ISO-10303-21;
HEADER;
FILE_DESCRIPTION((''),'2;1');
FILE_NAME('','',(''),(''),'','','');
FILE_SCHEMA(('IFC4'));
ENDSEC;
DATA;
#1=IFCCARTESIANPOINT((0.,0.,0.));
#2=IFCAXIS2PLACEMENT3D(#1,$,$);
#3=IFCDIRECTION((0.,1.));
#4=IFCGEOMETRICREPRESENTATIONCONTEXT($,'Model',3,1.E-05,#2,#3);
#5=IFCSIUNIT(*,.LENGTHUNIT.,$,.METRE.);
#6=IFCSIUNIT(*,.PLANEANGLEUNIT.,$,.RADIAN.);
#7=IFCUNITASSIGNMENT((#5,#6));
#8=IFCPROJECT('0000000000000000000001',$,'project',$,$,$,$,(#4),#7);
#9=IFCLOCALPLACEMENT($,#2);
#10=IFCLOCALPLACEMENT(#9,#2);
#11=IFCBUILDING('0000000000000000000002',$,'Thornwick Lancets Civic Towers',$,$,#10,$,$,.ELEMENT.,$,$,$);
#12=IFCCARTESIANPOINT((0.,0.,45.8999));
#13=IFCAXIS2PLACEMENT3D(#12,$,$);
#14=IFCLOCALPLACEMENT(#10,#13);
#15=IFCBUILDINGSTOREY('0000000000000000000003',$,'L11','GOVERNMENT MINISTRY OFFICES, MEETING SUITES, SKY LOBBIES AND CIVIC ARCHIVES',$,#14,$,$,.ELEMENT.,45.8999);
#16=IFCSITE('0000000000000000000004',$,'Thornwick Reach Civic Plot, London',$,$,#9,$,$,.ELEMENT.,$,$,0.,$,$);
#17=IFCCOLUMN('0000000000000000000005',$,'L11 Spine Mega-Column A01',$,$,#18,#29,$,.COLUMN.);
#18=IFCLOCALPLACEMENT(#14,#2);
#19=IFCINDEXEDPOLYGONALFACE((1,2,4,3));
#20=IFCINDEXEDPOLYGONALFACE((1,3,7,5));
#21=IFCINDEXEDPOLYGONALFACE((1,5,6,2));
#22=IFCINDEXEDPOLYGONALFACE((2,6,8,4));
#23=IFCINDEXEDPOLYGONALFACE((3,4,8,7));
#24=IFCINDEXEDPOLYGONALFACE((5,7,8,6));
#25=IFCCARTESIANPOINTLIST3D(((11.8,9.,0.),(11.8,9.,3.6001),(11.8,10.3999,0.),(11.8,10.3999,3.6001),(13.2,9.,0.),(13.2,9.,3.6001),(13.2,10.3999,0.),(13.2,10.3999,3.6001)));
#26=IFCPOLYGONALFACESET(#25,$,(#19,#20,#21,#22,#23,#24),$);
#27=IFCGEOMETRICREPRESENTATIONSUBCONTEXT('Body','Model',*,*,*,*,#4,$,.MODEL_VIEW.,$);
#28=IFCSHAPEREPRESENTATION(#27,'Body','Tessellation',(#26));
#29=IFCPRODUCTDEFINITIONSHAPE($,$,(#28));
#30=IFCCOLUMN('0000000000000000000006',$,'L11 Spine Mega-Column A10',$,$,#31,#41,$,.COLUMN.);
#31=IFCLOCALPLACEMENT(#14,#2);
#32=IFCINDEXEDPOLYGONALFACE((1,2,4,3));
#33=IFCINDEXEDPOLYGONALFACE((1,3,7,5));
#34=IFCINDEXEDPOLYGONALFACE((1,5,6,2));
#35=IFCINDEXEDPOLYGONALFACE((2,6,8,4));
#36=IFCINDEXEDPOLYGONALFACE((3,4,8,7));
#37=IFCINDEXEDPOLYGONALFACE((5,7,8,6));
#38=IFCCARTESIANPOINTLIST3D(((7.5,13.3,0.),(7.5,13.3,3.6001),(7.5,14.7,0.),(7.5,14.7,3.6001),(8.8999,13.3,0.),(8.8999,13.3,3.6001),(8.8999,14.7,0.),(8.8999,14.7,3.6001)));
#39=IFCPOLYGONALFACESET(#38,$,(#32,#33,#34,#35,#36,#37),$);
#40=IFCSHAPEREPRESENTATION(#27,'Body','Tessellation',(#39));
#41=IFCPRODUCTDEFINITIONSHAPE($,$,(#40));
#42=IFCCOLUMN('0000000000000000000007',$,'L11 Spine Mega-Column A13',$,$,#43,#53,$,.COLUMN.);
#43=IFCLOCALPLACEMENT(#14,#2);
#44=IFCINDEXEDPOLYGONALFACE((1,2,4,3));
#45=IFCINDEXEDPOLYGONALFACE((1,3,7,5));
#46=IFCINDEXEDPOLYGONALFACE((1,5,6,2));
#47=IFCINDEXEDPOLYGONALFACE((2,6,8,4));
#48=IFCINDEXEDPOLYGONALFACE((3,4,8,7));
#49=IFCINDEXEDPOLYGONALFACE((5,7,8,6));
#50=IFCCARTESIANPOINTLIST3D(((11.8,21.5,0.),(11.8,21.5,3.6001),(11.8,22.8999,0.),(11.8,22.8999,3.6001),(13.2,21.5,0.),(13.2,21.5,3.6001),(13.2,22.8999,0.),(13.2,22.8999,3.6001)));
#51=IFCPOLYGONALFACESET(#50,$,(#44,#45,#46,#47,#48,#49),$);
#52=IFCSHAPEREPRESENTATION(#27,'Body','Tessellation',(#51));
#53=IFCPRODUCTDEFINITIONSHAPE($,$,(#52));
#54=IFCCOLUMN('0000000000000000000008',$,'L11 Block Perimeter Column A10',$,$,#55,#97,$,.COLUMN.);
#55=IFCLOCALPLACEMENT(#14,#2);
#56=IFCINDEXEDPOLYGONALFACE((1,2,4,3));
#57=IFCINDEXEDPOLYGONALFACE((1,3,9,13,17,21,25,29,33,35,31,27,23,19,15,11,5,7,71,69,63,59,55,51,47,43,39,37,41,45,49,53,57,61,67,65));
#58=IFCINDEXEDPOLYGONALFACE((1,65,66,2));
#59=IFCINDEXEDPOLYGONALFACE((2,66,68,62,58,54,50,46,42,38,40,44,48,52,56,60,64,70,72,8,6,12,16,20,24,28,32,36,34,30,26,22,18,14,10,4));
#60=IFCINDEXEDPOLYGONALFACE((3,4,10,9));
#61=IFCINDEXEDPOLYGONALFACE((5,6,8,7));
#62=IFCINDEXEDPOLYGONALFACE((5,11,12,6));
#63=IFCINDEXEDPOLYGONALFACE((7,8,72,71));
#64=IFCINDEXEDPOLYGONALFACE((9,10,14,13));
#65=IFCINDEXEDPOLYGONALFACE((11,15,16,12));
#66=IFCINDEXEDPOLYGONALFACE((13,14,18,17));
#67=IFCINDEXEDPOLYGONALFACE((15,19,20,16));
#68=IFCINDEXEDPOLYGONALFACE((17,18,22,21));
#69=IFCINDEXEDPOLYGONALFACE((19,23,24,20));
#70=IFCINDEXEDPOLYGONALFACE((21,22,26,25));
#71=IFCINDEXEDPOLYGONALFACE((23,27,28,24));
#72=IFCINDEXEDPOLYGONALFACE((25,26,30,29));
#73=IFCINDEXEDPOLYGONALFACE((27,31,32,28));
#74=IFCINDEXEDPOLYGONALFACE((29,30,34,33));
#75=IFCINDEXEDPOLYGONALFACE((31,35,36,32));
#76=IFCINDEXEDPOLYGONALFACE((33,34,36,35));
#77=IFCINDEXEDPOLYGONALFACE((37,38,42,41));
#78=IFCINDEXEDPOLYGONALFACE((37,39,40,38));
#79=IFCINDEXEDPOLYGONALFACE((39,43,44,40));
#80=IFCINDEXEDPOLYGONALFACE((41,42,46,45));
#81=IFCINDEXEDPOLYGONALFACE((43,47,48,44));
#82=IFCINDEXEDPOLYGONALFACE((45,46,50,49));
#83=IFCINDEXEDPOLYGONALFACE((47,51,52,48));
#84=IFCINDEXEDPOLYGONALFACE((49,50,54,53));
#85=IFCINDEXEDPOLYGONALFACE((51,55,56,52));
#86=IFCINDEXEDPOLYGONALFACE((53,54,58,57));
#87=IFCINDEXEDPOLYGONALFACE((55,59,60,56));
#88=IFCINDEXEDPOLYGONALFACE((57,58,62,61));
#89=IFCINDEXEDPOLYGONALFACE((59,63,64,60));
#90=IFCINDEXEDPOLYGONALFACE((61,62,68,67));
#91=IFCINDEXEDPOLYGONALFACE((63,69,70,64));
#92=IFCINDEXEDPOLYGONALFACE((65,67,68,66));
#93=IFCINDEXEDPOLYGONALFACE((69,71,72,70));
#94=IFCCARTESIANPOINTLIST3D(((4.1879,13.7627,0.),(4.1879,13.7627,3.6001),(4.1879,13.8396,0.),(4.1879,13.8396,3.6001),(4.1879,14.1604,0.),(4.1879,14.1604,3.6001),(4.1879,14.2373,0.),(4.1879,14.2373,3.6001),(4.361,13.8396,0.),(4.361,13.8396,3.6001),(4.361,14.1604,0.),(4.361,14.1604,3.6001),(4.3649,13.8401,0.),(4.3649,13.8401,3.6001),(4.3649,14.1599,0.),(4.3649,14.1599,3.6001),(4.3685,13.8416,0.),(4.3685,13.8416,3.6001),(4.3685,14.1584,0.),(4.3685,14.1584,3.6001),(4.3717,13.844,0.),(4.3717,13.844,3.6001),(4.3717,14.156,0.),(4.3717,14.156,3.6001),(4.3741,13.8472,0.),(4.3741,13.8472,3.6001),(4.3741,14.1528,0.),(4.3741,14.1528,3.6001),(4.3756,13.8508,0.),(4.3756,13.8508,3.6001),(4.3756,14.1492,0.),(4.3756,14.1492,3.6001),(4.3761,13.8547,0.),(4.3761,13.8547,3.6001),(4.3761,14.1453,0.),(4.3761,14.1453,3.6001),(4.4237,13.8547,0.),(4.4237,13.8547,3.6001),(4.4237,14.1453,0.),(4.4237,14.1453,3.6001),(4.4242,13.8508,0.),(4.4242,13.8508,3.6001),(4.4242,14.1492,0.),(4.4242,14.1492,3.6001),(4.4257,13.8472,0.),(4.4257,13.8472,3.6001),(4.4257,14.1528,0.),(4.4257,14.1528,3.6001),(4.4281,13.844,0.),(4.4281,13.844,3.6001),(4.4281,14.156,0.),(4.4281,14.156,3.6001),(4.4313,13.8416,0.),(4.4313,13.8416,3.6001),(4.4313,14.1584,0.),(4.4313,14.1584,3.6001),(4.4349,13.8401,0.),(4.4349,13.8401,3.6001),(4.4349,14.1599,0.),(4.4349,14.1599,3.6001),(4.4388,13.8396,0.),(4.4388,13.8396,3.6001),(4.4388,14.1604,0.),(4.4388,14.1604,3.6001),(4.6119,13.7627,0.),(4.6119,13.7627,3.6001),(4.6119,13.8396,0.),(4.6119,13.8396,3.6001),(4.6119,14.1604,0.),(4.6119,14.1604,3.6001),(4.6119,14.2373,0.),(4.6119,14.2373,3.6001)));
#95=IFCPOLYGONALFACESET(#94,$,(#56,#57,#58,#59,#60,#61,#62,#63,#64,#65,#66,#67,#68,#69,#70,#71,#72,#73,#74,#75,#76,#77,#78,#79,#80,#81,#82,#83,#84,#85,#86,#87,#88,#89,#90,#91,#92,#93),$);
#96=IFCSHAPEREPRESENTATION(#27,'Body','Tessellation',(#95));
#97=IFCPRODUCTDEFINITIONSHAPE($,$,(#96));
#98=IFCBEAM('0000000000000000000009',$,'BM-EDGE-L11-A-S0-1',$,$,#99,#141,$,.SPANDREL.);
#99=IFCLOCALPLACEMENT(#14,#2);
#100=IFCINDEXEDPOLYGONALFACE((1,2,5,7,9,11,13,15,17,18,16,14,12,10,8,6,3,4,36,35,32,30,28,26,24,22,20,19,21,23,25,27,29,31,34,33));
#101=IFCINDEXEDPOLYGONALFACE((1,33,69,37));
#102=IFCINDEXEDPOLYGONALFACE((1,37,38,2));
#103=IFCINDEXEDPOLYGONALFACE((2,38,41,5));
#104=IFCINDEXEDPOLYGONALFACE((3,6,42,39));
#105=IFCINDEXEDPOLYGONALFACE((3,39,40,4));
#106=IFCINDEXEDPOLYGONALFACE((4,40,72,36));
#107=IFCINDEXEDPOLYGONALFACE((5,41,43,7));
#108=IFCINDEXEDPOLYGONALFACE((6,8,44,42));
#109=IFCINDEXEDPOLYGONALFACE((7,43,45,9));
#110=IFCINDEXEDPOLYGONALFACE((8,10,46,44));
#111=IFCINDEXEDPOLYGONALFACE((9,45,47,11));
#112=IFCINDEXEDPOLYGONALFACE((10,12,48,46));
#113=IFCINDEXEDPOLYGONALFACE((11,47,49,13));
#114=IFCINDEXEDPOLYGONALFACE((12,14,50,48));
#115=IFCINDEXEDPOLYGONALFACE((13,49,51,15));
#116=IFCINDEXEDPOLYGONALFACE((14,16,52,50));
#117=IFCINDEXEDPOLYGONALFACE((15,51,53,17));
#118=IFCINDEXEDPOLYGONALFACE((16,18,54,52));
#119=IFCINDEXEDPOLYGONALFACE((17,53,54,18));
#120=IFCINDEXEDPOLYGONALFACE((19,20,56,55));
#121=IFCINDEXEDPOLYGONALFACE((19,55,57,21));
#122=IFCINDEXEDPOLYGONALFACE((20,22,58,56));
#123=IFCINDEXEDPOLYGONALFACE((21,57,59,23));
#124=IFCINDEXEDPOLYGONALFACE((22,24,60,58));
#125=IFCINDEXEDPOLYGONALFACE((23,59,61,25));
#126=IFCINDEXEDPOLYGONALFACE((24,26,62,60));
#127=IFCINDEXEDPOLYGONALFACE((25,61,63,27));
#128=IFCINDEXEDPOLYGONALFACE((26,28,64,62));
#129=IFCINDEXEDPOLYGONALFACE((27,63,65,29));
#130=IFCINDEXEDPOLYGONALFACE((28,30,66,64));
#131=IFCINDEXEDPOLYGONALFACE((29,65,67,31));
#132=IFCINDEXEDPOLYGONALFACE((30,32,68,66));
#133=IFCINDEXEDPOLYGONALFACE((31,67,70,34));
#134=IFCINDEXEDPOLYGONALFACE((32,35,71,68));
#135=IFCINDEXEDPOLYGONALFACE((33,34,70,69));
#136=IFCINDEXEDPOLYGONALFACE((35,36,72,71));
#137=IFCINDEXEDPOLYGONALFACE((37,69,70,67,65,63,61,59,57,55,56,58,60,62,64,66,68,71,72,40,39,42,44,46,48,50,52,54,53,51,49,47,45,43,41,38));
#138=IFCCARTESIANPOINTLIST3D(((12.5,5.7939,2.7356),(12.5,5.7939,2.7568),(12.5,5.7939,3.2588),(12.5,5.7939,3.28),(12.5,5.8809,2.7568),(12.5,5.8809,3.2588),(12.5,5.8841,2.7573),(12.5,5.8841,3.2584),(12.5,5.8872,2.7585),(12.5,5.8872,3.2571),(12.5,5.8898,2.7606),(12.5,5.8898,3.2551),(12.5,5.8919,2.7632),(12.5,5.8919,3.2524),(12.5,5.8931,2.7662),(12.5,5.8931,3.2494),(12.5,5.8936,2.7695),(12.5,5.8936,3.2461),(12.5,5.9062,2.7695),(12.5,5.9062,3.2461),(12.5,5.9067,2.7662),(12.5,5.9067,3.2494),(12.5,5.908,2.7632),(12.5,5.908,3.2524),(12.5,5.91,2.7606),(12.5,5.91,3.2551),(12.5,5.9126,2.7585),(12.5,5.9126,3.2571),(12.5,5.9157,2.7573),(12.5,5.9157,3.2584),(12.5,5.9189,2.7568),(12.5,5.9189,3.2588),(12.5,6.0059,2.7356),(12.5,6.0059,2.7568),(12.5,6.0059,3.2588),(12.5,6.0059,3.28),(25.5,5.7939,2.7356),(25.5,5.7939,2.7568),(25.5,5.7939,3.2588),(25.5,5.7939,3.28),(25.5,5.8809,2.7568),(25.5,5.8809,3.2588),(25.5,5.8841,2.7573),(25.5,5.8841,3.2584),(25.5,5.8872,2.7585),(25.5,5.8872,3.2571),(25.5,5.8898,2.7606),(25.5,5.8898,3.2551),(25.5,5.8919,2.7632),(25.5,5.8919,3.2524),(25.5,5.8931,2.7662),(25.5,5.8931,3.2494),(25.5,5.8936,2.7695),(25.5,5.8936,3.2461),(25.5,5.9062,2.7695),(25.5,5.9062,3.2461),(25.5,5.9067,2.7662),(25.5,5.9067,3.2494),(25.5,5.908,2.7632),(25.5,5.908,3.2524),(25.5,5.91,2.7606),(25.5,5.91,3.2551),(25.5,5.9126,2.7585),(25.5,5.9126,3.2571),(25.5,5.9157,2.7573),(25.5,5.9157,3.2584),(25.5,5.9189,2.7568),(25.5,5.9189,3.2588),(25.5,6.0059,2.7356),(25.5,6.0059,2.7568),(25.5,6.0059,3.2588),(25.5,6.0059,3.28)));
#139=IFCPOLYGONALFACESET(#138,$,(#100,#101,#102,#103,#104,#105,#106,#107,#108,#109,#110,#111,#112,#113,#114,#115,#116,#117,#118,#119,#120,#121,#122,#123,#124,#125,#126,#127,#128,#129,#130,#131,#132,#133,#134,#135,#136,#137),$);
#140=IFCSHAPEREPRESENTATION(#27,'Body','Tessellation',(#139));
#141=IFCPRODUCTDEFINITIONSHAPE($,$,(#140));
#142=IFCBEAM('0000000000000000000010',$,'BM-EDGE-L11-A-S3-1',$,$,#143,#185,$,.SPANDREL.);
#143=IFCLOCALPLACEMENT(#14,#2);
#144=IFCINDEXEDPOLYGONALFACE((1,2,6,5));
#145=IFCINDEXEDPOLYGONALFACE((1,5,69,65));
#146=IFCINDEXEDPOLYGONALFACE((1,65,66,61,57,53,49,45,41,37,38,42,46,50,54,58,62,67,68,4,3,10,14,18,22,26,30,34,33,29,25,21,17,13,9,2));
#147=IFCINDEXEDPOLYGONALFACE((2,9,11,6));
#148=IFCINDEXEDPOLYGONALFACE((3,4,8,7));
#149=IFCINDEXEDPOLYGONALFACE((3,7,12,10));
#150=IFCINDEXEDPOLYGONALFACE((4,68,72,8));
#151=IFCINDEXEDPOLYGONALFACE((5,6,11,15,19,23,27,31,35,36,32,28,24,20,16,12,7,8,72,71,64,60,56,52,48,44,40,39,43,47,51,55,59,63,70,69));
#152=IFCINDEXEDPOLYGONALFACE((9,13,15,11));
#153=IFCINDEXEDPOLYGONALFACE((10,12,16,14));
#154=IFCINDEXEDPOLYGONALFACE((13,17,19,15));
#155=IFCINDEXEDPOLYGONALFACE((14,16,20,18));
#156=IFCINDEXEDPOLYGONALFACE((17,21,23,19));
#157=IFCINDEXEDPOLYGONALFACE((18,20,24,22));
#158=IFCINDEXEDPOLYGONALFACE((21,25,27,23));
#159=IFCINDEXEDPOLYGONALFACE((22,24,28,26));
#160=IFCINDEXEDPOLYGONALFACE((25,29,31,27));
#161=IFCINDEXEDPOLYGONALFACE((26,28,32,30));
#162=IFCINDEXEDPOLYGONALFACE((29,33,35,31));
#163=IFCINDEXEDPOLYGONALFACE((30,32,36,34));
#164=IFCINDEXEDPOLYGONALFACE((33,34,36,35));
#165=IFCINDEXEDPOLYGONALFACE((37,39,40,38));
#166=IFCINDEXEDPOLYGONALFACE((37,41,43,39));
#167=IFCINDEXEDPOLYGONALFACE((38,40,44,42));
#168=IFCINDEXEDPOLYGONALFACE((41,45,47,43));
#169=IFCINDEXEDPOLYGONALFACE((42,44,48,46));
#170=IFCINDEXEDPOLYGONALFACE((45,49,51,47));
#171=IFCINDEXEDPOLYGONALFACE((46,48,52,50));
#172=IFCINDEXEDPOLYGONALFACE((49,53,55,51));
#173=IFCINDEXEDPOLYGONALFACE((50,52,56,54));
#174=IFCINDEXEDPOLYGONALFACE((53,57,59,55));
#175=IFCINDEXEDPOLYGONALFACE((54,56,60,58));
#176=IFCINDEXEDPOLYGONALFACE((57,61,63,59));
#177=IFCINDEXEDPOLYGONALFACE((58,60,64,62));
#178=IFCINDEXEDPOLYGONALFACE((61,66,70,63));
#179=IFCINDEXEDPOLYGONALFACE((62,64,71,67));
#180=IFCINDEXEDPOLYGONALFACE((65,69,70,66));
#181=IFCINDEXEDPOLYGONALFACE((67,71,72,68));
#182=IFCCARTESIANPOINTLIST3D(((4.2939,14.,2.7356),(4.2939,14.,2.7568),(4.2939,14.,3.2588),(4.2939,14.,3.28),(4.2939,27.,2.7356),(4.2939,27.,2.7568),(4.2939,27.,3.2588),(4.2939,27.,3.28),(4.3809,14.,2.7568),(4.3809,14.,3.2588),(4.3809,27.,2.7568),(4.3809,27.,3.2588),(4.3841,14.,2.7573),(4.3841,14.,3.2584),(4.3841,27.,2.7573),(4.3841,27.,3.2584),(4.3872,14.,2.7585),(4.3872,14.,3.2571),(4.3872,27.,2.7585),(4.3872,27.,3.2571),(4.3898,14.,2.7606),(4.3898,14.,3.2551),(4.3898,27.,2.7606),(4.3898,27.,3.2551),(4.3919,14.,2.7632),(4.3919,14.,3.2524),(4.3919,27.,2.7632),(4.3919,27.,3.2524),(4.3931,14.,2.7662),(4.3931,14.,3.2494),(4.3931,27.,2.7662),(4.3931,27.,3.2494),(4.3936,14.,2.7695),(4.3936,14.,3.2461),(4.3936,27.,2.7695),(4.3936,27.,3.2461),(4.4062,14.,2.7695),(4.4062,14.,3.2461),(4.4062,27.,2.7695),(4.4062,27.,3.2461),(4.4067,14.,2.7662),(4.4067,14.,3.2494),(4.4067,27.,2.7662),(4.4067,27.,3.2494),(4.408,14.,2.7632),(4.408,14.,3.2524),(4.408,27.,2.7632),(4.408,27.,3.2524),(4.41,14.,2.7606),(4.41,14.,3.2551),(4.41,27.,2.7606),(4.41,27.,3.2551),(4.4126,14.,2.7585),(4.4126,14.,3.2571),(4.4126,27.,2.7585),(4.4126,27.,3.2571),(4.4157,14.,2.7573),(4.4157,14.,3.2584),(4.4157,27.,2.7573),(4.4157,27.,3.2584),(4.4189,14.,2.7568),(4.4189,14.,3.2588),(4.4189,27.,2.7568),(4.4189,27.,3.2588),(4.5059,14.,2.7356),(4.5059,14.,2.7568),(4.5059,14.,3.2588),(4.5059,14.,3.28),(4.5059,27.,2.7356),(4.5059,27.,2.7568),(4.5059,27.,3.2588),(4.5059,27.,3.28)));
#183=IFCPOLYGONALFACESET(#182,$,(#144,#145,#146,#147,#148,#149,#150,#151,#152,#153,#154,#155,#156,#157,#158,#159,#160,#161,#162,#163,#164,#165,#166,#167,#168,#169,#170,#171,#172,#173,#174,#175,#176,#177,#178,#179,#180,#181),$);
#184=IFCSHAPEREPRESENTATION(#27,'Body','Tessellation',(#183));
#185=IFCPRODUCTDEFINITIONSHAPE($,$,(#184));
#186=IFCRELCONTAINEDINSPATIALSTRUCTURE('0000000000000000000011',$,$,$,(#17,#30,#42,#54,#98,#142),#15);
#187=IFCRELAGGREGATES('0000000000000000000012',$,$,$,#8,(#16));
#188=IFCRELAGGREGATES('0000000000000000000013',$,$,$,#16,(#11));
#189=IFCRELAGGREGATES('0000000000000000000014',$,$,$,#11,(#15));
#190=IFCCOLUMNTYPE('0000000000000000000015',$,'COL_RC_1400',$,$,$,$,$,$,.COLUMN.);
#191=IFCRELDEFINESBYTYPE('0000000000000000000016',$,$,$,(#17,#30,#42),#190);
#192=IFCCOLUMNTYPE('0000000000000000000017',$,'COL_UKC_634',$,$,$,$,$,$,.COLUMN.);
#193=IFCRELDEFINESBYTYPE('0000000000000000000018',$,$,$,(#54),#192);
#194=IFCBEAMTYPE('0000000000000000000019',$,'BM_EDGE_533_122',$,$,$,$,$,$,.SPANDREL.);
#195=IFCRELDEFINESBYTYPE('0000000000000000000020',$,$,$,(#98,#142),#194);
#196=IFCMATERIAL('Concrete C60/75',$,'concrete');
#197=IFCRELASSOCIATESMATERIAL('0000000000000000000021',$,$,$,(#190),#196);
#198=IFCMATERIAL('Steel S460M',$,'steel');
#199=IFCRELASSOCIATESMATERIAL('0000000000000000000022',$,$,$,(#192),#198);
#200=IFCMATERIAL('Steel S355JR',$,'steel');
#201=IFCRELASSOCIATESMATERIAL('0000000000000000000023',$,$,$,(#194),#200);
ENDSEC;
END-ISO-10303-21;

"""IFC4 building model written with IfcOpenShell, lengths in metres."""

from ifc_helpers import new_model, si_unit, direction, frame, origin, origin_2d, place, context, subcontext, project, spatial, rectangle, i_section, extrude, material, material_profile, profile_set, type_object, element, save


model = new_model("IFC4")

# Units and contexts
model_context = context("Model", 3, precision=1e-05, world=origin(), true_north=direction((0.0, 1.0)))
body_context = subcontext(model_context, "Body", "Model", "MODEL_VIEW")
ifc_project = project(units=[si_unit("LENGTHUNIT", "METRE"), si_unit("PLANEANGLEUNIT", "RADIAN")], contexts=[model_context])

# Site, building, storey
site_placement = place(None, origin())
site = spatial("IfcSite", under=ifc_project, at=site_placement, Name="Thornwick Reach Civic Plot, London", CompositionType="ELEMENT", RefElevation=0.0)
building_placement = place(site_placement, origin())
building = spatial("IfcBuilding", under=site, at=building_placement, Name="Thornwick Lancets Civic Towers", CompositionType="ELEMENT")
storey_placement = place(building_placement, frame((0.0, 0.0, 45.8999)))
storey = spatial("IfcBuildingStorey", under=building, at=storey_placement, Name="L11", Description="GOVERNMENT MINISTRY OFFICES, MEETING SUITES, SKY LOBBIES AND CIVIC ARCHIVES", CompositionType="ELEMENT", Elevation=45.8999)

# Columns
ifc_material_1 = material(Name="Concrete C60/75", Category="concrete")
ifc_material_profile_1 = material_profile(ifc_material_1, rectangle(XDim=1.3999, YDim=1.3999, at=origin_2d()), Name="RC 1400x1400")
ifc_profile_set_1 = profile_set([ifc_material_profile_1], Name="Concrete C60/75")
column_type_1 = type_object("IfcColumnType", Name="COL_RC_1400", PredefinedType="COLUMN", material=ifc_profile_set_1)
for number, where, z_axis, x_axis, name in (
    (1, (12.5, 9.7, 0.0), (0.0, 0.0, 1.0), (1.0, 0.0, 0.0), "L11 Spine Mega-Column A01"),
    (2, (8.2, 14.0, 0.0), (0.0, 0.0, 1.0), (1.0, 0.0, 0.0), "L11 Spine Mega-Column A10"),
    (3, (12.5, 22.2, 0.0), (0.0, 0.0, 1.0), (1.0, 0.0, 0.0), "L11 Spine Mega-Column A13"),
):
    element("IfcColumn", number, at=place(storey_placement, frame(where, z_axis=z_axis, x_axis=x_axis)), inside=storey, type_object=column_type_1, Name=name, PredefinedType="COLUMN", context=body_context, shape_type="SweptSolid", body=[
        extrude(rectangle(XDim=1.3999, YDim=1.3999, at=origin_2d()), origin(), (0.0, 0.0, 1.0), 3.6001),
    ])
ifc_material_2 = material(Name="Steel S460M", Category="steel")
ifc_material_profile_2 = material_profile(ifc_material_2, i_section(OverallWidth=0.4241, OverallDepth=0.4746, WebThickness=0.0476, FlangeThickness=0.0769, FilletRadius=0.0151, at=origin_2d()), Name="UKC 356x406x634")
ifc_profile_set_2 = profile_set([ifc_material_profile_2], Name="Steel S460M")
column_type_2 = type_object("IfcColumnType", Name="COL_UKC_634", PredefinedType="COLUMN", material=ifc_profile_set_2)
column_placement = place(storey_placement, frame((4.3999, 14.0, 0.0), z_axis=(0.0, 0.0, 1.0), x_axis=(1.0, 0.0, 0.0)))
element("IfcColumn", 4, at=column_placement, inside=storey, type_object=column_type_2, Name="L11 Block Perimeter Column A10", PredefinedType="COLUMN", context=body_context, shape_type="SweptSolid", body=[
    extrude(i_section(OverallWidth=0.4241, OverallDepth=0.4746, WebThickness=0.0476, FlangeThickness=0.0769, FilletRadius=0.0151, at=origin_2d()), origin(), (0.0, 0.0, 1.0), 3.6001),
])

# Beams
ifc_material_3 = material(Name="Steel S355JR", Category="steel")
ifc_material_profile_3 = material_profile(ifc_material_3, i_section(OverallWidth=0.2119, OverallDepth=0.5444, WebThickness=0.0127, FlangeThickness=0.0212, FilletRadius=0.0127, at=origin_2d()), Name="UKB 533x210x122")
ifc_profile_set_3 = profile_set([ifc_material_profile_3], Name="Steel S355JR")
beam_type_1 = type_object("IfcBeamType", Name="BM_EDGE_533_122", PredefinedType="SPANDREL", material=ifc_profile_set_3)
for number, where, z_axis, x_axis, name in (
    (5, (12.5, 5.8999, 3.0078), (1.0, 0.0, 0.0), (0.0, 1.0, 0.0), "BM-EDGE-L11-A-S0-1"),
    (6, (4.3999, 14.0, 3.0078), (0.0, 1.0, 0.0), (-1.0, 0.0, 0.0), "BM-EDGE-L11-A-S3-1"),
):
    element("IfcBeam", number, at=place(storey_placement, frame(where, z_axis=z_axis, x_axis=x_axis)), inside=storey, type_object=beam_type_1, Name=name, PredefinedType="SPANDREL", context=body_context, shape_type="SweptSolid", body=[
        extrude(i_section(OverallWidth=0.2119, OverallDepth=0.5444, WebThickness=0.0127, FlangeThickness=0.0212, FilletRadius=0.0127, at=origin_2d()), origin(), (0.0, 0.0, 1.0), 13.0),
    ])

save(model, "model.ifc")
